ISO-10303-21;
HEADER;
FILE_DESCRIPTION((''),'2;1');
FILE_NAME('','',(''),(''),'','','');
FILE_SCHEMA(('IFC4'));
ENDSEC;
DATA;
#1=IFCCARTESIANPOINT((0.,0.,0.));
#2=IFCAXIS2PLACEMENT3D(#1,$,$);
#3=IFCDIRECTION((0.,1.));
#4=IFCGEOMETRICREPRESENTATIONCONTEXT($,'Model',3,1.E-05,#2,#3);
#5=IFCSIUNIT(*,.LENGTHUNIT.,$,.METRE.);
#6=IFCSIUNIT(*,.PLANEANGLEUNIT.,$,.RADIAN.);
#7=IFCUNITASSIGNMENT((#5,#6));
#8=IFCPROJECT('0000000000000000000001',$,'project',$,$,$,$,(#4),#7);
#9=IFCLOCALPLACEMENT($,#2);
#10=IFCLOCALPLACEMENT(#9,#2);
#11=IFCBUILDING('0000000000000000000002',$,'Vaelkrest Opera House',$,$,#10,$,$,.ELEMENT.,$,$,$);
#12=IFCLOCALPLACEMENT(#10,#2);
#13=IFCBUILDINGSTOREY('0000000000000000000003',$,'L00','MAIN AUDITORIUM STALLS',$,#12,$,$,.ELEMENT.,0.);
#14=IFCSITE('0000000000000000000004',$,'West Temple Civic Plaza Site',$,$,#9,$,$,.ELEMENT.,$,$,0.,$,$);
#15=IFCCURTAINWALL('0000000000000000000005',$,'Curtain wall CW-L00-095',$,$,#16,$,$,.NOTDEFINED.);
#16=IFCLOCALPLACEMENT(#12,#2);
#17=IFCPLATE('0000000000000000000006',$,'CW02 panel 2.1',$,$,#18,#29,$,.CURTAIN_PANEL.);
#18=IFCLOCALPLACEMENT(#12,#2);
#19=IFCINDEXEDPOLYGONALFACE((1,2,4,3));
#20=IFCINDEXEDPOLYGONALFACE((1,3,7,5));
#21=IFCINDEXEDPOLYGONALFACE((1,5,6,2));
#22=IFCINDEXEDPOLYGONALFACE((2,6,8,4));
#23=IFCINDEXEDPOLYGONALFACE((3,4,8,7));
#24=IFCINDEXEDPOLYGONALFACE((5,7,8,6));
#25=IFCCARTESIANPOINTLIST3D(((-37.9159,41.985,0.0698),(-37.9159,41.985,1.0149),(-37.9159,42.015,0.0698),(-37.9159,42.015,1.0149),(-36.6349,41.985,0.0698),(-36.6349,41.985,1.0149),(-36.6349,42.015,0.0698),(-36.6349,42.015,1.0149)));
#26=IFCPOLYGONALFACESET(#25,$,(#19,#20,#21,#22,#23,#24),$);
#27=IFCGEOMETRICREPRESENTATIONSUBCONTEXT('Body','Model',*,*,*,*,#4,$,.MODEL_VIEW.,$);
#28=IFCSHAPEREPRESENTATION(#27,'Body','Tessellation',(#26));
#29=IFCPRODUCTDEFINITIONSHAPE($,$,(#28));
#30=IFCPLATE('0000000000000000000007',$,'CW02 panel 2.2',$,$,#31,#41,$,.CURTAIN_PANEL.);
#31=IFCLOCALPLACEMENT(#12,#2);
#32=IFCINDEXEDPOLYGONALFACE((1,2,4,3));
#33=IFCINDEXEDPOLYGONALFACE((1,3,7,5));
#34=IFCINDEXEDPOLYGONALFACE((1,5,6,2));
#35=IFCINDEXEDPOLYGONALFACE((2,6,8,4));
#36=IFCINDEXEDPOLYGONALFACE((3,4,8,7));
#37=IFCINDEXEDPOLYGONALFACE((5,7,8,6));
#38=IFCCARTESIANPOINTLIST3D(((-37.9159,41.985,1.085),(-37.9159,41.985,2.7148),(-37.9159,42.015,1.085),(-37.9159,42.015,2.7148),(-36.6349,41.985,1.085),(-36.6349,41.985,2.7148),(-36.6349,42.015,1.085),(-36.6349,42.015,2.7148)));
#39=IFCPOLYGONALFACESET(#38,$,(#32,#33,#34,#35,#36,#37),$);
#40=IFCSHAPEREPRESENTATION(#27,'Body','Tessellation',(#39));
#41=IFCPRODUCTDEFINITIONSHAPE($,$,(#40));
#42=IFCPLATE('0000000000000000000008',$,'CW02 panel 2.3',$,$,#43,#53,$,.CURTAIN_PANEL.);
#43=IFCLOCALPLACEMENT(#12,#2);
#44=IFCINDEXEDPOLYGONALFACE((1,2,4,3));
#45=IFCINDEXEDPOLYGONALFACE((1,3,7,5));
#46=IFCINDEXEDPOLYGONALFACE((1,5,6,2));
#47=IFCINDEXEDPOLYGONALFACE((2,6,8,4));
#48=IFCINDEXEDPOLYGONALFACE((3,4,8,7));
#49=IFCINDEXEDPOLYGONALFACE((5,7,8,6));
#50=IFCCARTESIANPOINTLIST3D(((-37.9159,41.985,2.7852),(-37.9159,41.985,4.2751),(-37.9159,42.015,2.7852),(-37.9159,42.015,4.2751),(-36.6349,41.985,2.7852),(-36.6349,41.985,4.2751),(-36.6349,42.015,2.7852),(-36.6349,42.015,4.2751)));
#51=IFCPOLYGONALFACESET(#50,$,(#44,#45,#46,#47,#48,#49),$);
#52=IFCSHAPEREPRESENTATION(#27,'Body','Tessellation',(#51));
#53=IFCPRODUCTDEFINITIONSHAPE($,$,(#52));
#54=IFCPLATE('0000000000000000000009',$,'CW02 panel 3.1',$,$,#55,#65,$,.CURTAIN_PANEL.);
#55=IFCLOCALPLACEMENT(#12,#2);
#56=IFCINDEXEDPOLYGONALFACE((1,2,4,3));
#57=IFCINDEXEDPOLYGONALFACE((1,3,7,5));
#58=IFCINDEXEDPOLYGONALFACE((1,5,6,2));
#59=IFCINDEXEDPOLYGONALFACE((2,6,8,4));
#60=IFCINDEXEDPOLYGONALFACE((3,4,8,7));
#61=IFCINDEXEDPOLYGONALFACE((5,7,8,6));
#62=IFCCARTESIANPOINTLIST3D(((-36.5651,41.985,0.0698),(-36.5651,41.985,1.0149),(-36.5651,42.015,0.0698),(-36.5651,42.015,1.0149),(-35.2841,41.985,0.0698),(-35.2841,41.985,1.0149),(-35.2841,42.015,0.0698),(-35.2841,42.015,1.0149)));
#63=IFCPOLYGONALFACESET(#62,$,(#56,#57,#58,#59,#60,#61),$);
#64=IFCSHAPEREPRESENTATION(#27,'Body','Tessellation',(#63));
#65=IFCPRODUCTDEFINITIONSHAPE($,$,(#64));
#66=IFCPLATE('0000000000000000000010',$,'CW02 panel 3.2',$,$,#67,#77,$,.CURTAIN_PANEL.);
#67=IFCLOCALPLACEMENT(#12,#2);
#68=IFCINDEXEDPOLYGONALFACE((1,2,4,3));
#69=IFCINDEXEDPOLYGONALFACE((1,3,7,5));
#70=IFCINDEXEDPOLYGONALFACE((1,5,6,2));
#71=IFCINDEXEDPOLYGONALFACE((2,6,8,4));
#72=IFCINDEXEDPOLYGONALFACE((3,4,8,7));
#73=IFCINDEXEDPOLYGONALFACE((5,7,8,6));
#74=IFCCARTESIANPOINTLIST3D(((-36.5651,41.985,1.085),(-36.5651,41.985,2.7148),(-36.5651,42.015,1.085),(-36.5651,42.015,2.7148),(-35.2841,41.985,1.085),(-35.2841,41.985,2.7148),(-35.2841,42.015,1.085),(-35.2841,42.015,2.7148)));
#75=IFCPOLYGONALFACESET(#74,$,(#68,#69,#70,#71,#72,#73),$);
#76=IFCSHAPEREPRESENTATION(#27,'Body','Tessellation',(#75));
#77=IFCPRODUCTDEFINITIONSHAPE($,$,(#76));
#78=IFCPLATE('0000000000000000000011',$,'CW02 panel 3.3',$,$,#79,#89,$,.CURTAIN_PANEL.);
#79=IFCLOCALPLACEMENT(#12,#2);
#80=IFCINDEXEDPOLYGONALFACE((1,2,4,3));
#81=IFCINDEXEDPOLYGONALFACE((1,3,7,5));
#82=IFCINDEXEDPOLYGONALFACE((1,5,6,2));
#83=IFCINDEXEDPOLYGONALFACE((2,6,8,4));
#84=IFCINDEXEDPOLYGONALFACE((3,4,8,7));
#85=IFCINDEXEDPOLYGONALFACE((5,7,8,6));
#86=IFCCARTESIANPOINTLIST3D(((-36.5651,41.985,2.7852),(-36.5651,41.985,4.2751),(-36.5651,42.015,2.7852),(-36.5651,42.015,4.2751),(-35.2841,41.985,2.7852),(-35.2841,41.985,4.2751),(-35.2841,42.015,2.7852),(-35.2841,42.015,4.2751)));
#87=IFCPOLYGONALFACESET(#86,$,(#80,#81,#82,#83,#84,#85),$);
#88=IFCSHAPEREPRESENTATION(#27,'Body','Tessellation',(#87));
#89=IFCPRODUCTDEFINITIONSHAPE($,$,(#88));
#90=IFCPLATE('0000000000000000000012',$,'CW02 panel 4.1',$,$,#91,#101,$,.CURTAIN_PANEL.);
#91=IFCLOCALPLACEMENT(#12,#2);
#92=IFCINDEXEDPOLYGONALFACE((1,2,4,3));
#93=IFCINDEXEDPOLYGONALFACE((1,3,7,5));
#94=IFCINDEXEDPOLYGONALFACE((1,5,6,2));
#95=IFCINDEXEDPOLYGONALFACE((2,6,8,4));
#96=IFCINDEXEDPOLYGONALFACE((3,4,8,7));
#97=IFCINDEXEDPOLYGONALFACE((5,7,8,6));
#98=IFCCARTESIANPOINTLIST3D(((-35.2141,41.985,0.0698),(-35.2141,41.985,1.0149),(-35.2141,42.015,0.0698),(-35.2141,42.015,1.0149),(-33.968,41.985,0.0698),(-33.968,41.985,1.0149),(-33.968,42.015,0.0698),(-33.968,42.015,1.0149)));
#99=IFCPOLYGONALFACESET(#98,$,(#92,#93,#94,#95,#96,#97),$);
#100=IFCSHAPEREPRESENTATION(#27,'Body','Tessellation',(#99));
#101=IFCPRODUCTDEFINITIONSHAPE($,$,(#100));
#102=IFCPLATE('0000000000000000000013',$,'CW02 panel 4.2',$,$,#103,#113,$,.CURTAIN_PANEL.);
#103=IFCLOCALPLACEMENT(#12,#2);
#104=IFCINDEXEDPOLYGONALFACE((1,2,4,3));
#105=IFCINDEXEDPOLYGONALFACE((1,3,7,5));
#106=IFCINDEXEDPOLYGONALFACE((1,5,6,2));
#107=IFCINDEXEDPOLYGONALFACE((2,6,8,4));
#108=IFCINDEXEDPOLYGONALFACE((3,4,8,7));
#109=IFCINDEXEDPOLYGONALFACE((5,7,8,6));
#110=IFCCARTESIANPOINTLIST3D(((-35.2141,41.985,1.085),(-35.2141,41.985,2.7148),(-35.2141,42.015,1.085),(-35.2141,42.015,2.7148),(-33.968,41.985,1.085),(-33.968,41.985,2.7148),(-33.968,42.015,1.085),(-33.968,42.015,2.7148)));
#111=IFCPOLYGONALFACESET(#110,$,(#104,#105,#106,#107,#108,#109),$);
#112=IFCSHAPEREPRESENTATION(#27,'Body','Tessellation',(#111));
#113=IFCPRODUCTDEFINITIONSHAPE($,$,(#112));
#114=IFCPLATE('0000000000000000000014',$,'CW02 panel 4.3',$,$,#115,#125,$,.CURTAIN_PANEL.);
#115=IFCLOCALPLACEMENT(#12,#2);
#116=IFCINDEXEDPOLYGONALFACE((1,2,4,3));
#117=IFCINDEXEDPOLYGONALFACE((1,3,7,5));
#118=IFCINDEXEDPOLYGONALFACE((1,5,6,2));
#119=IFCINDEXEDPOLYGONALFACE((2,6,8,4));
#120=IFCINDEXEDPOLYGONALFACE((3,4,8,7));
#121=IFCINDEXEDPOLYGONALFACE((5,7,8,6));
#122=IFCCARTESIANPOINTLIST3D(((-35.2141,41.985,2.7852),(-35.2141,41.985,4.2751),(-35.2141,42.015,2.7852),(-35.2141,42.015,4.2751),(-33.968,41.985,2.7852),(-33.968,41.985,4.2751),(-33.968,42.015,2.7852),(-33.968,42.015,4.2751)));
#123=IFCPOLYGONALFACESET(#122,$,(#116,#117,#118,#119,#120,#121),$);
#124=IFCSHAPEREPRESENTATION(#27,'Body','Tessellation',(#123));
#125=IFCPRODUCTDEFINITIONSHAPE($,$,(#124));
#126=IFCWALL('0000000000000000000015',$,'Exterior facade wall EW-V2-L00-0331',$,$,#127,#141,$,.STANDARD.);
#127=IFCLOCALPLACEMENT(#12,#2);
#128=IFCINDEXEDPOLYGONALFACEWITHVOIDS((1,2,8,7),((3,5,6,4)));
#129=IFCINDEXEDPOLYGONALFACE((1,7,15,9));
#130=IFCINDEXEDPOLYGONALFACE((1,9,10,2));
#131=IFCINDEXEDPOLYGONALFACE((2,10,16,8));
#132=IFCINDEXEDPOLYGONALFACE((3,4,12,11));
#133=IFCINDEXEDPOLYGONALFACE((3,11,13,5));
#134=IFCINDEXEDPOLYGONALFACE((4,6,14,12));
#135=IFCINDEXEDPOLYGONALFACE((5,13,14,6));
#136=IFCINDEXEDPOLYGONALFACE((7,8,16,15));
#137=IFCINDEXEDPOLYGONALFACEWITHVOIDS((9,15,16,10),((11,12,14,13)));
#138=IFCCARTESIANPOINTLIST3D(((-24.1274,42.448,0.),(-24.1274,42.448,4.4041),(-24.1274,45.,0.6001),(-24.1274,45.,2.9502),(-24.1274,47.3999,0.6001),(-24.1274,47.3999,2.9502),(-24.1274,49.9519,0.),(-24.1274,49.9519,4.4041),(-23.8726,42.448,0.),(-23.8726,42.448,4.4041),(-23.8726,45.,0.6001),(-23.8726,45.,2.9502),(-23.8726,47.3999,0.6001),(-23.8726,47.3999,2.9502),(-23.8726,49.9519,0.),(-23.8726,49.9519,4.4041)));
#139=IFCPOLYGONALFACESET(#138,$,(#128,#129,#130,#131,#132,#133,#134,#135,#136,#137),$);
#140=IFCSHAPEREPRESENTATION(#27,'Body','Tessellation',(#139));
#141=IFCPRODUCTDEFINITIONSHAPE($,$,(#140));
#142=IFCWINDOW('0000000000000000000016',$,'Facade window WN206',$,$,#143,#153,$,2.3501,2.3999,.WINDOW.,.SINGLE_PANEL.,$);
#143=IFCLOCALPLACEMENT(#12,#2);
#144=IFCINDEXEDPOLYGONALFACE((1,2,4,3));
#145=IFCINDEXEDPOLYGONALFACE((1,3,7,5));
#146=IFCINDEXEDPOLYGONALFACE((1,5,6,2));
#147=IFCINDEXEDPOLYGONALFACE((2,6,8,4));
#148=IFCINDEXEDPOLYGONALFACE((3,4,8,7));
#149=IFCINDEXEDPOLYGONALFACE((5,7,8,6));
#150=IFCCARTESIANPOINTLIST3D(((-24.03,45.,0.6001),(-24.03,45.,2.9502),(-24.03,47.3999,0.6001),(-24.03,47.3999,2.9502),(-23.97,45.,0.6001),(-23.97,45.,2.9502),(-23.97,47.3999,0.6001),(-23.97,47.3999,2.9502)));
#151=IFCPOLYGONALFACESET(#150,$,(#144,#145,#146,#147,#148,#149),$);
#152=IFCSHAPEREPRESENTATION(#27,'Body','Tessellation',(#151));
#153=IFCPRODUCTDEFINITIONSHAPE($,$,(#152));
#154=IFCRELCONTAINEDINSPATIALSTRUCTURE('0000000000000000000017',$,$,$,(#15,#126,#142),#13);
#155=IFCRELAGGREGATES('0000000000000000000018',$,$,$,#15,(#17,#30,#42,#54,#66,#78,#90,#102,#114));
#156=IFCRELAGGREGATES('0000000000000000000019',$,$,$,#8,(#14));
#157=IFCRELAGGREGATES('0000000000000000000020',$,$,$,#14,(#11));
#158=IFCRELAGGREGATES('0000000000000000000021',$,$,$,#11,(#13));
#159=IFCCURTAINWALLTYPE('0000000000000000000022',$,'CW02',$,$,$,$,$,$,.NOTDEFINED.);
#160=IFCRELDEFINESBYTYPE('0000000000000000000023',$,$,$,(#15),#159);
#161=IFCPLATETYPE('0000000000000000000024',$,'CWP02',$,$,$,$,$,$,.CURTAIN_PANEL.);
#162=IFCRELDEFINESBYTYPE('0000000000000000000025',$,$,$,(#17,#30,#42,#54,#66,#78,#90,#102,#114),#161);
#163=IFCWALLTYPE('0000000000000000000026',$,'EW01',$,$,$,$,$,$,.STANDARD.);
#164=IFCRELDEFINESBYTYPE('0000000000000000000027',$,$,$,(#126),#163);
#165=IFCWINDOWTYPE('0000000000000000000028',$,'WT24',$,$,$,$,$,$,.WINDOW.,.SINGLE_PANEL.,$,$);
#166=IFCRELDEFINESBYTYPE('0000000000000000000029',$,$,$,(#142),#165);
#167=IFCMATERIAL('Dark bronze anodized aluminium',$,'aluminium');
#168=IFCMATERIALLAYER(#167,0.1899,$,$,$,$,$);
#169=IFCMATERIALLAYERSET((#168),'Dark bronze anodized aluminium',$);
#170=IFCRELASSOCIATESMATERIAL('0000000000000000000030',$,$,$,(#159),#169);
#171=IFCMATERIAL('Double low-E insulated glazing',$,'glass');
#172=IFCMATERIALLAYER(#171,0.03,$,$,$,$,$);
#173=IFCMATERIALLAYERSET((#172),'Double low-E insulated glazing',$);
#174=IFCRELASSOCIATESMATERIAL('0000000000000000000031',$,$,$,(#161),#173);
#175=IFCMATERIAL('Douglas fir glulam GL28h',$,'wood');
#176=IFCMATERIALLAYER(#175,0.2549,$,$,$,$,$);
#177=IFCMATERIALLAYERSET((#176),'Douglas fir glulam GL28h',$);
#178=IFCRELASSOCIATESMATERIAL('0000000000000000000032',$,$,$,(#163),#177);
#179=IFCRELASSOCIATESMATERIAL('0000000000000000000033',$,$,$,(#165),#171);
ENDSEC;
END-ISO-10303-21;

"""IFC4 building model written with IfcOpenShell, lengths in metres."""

from ifc_helpers import new_model, si_unit, direction, frame, frame_2d, origin, origin_2d, place, context, subcontext, project, spatial, rectangle, extrude, material, layer, layer_set, type_object, element, fill, aggregate, save


model = new_model("IFC4")

# Units and contexts
model_context = context("Model", 3, precision=1e-05, world=origin(), true_north=direction((0.0, 1.0)))
body_context = subcontext(model_context, "Body", "Model", "MODEL_VIEW")
ifc_project = project(units=[si_unit("LENGTHUNIT", "METRE"), si_unit("PLANEANGLEUNIT", "RADIAN")], contexts=[model_context])

# Site, building, storey
site_placement = place(None, origin())
site = spatial("IfcSite", under=ifc_project, at=site_placement, Name="West Temple Civic Plaza Site", CompositionType="ELEMENT", RefElevation=0.0)
building_placement = place(site_placement, origin())
building = spatial("IfcBuilding", under=site, at=building_placement, Name="Vaelkrest Opera House", CompositionType="ELEMENT")
storey_placement = place(building_placement, origin())
storey = spatial("IfcBuildingStorey", under=building, at=storey_placement, Name="L00", Description="MAIN AUDITORIUM STALLS", CompositionType="ELEMENT", Elevation=0.0)

# Shared definitions
ifc_material_1 = material(Name="Dark bronze anodized aluminium", Category="aluminium")

# Curtain wall, plates
ifc_layer_1 = layer(ifc_material_1, 0.1899)
ifc_layer_set_1 = layer_set([ifc_layer_1], Name="Dark bronze anodized aluminium")
curtain_wall_type_1 = type_object("IfcCurtainWallType", Name="CW02", PredefinedType="NOTDEFINED", material=ifc_layer_set_1)
curtain_wall_1_placement = place(storey_placement, origin())
curtain_wall_1 = element("IfcCurtainWall", 1, at=curtain_wall_1_placement, inside=storey, type_object=curtain_wall_type_1, Name="Curtain wall CW-L00-095", PredefinedType="NOTDEFINED")
ifc_material_2 = material(Name="Double low-E insulated glazing", Category="glass")
ifc_layer_2 = layer(ifc_material_2, 0.03)
ifc_layer_set_2 = layer_set([ifc_layer_2], Name="Double low-E insulated glazing")
plate_type = type_object("IfcPlateType", Name="CWP02", PredefinedType="CURTAIN_PANEL", material=ifc_layer_set_2)
plate_1_placement = place(storey_placement, frame((-37.2754, 42.0, 0.0698), z_axis=(0.0, 0.0, 1.0), x_axis=(1.0, 0.0, 0.0)))
plate_1 = element("IfcPlate", 2, at=plate_1_placement, type_object=plate_type, Name="CW02 panel 2.1", PredefinedType="CURTAIN_PANEL", context=body_context, shape_type="SweptSolid", body=[
    extrude(rectangle(XDim=1.281, YDim=0.03, at=origin_2d()), origin(), (0.0, 0.0, 1.0), 0.9451),
])
plate_2_placement = place(storey_placement, frame((-37.2754, 42.0, 1.085), z_axis=(0.0, 0.0, 1.0), x_axis=(1.0, 0.0, 0.0)))
plate_2 = element("IfcPlate", 3, at=plate_2_placement, type_object=plate_type, Name="CW02 panel 2.2", PredefinedType="CURTAIN_PANEL", context=body_context, shape_type="SweptSolid", body=[
    extrude(rectangle(XDim=1.281, YDim=0.03, at=origin_2d()), origin(), (0.0, 0.0, 1.0), 1.6299),
])
plate_3_placement = place(storey_placement, frame((-37.2754, 42.0, 2.7852), z_axis=(0.0, 0.0, 1.0), x_axis=(1.0, 0.0, 0.0)))
plate_3 = element("IfcPlate", 4, at=plate_3_placement, type_object=plate_type, Name="CW02 panel 2.3", PredefinedType="CURTAIN_PANEL", context=body_context, shape_type="SweptSolid", body=[
    extrude(rectangle(XDim=1.281, YDim=0.03, at=origin_2d()), origin(), (0.0, 0.0, 1.0), 1.49),
])
plate_4_placement = place(storey_placement, frame((-35.9246, 42.0, 0.0698), z_axis=(0.0, 0.0, 1.0), x_axis=(1.0, 0.0, 0.0)))
plate_4 = element("IfcPlate", 5, at=plate_4_placement, type_object=plate_type, Name="CW02 panel 3.1", PredefinedType="CURTAIN_PANEL", context=body_context, shape_type="SweptSolid", body=[
    extrude(rectangle(XDim=1.281, YDim=0.03, at=origin_2d()), origin(), (0.0, 0.0, 1.0), 0.9451),
])
plate_5_placement = place(storey_placement, frame((-35.9246, 42.0, 1.085), z_axis=(0.0, 0.0, 1.0), x_axis=(1.0, 0.0, 0.0)))
plate_5 = element("IfcPlate", 6, at=plate_5_placement, type_object=plate_type, Name="CW02 panel 3.2", PredefinedType="CURTAIN_PANEL", context=body_context, shape_type="SweptSolid", body=[
    extrude(rectangle(XDim=1.281, YDim=0.03, at=origin_2d()), origin(), (0.0, 0.0, 1.0), 1.6299),
])
plate_6_placement = place(storey_placement, frame((-35.9246, 42.0, 2.7852), z_axis=(0.0, 0.0, 1.0), x_axis=(1.0, 0.0, 0.0)))
plate_6 = element("IfcPlate", 7, at=plate_6_placement, type_object=plate_type, Name="CW02 panel 3.3", PredefinedType="CURTAIN_PANEL", context=body_context, shape_type="SweptSolid", body=[
    extrude(rectangle(XDim=1.281, YDim=0.03, at=origin_2d()), origin(), (0.0, 0.0, 1.0), 1.49),
])
plate_7_placement = place(storey_placement, frame((-34.5911, 42.0, 0.0698), z_axis=(0.0, 0.0, 1.0), x_axis=(1.0, 0.0, 0.0)))
plate_7 = element("IfcPlate", 8, at=plate_7_placement, type_object=plate_type, Name="CW02 panel 4.1", PredefinedType="CURTAIN_PANEL", context=body_context, shape_type="SweptSolid", body=[
    extrude(rectangle(XDim=1.2461, YDim=0.03, at=origin_2d()), origin(), (0.0, 0.0, 1.0), 0.9451),
])
plate_8_placement = place(storey_placement, frame((-34.5911, 42.0, 1.085), z_axis=(0.0, 0.0, 1.0), x_axis=(1.0, 0.0, 0.0)))
plate_8 = element("IfcPlate", 9, at=plate_8_placement, type_object=plate_type, Name="CW02 panel 4.2", PredefinedType="CURTAIN_PANEL", context=body_context, shape_type="SweptSolid", body=[
    extrude(rectangle(XDim=1.2461, YDim=0.03, at=origin_2d()), origin(), (0.0, 0.0, 1.0), 1.6299),
])
plate_9_placement = place(storey_placement, frame((-34.5911, 42.0, 2.7852), z_axis=(0.0, 0.0, 1.0), x_axis=(1.0, 0.0, 0.0)))
plate_9 = element("IfcPlate", 10, at=plate_9_placement, type_object=plate_type, Name="CW02 panel 4.3", PredefinedType="CURTAIN_PANEL", context=body_context, shape_type="SweptSolid", body=[
    extrude(rectangle(XDim=1.2461, YDim=0.03, at=origin_2d()), origin(), (0.0, 0.0, 1.0), 1.49),
])
aggregate(curtain_wall_1, [plate_1, plate_2, plate_3, plate_4, plate_5, plate_6, plate_7, plate_8, plate_9])

# Wall, opening, window
ifc_material_3 = material(Name="Douglas fir glulam GL28h", Category="wood")
ifc_layer_3 = layer(ifc_material_3, 0.2549)
ifc_layer_set_3 = layer_set([ifc_layer_3], Name="Douglas fir glulam GL28h")
wall_type = type_object("IfcWallType", Name="EW01", PredefinedType="STANDARD", material=ifc_layer_set_3)
wall_placement = place(storey_placement, frame((-24.0, 42.448, 0.0), z_axis=(0.0, 0.0, 1.0), x_axis=(0.0, 1.0, 0.0)))
wall = element("IfcWall", 11, at=wall_placement, inside=storey, type_object=wall_type, Name="Exterior facade wall EW-V2-L00-0331", PredefinedType="STANDARD", context=body_context, shape_type="SweptSolid", body=[
    extrude(rectangle(XDim=7.5039, YDim=0.2549, at=frame_2d((3.752, 0.0))), origin(), (0.0, 0.0, 1.0), 4.4041),
])
opening_placement = place(wall_placement, frame((2.552, 0.0, 0.6001)))
opening = element("IfcOpeningElement", 12, at=opening_placement, cuts=wall, PredefinedType="OPENING", context=body_context, shape_type="SweptSolid", body=[
    extrude(rectangle(XDim=2.3999, YDim=2.3501, at=frame_2d((1.2, 1.175))), frame((0.0, 0.1375, 0.0), z_axis=(0.0, -1.0, 0.0), x_axis=(1.0, 0.0, 0.0)), (0.0, 0.0, 1.0), 0.2749),
])
window_type = type_object("IfcWindowType", Name="WT24", PartitioningType="SINGLE_PANEL", PredefinedType="WINDOW", material=ifc_material_2)
window_placement = place(opening_placement, origin())
window = element("IfcWindow", 13, at=window_placement, inside=storey, type_object=window_type, Name="Facade window WN206", OverallHeight=2.3501, OverallWidth=2.3999, PartitioningType="SINGLE_PANEL", PredefinedType="WINDOW", context=body_context, shape_type="SweptSolid", body=[
    extrude(rectangle(XDim=2.3999, YDim=2.3501, at=frame_2d((1.2, 1.175))), frame((0.0, 0.03, 0.0), z_axis=(0.0, -1.0, 0.0), x_axis=(1.0, 0.0, 0.0)), (0.0, 0.0, 1.0), 0.0601),
])
fill(opening, window)

save(model, "model.ifc")
